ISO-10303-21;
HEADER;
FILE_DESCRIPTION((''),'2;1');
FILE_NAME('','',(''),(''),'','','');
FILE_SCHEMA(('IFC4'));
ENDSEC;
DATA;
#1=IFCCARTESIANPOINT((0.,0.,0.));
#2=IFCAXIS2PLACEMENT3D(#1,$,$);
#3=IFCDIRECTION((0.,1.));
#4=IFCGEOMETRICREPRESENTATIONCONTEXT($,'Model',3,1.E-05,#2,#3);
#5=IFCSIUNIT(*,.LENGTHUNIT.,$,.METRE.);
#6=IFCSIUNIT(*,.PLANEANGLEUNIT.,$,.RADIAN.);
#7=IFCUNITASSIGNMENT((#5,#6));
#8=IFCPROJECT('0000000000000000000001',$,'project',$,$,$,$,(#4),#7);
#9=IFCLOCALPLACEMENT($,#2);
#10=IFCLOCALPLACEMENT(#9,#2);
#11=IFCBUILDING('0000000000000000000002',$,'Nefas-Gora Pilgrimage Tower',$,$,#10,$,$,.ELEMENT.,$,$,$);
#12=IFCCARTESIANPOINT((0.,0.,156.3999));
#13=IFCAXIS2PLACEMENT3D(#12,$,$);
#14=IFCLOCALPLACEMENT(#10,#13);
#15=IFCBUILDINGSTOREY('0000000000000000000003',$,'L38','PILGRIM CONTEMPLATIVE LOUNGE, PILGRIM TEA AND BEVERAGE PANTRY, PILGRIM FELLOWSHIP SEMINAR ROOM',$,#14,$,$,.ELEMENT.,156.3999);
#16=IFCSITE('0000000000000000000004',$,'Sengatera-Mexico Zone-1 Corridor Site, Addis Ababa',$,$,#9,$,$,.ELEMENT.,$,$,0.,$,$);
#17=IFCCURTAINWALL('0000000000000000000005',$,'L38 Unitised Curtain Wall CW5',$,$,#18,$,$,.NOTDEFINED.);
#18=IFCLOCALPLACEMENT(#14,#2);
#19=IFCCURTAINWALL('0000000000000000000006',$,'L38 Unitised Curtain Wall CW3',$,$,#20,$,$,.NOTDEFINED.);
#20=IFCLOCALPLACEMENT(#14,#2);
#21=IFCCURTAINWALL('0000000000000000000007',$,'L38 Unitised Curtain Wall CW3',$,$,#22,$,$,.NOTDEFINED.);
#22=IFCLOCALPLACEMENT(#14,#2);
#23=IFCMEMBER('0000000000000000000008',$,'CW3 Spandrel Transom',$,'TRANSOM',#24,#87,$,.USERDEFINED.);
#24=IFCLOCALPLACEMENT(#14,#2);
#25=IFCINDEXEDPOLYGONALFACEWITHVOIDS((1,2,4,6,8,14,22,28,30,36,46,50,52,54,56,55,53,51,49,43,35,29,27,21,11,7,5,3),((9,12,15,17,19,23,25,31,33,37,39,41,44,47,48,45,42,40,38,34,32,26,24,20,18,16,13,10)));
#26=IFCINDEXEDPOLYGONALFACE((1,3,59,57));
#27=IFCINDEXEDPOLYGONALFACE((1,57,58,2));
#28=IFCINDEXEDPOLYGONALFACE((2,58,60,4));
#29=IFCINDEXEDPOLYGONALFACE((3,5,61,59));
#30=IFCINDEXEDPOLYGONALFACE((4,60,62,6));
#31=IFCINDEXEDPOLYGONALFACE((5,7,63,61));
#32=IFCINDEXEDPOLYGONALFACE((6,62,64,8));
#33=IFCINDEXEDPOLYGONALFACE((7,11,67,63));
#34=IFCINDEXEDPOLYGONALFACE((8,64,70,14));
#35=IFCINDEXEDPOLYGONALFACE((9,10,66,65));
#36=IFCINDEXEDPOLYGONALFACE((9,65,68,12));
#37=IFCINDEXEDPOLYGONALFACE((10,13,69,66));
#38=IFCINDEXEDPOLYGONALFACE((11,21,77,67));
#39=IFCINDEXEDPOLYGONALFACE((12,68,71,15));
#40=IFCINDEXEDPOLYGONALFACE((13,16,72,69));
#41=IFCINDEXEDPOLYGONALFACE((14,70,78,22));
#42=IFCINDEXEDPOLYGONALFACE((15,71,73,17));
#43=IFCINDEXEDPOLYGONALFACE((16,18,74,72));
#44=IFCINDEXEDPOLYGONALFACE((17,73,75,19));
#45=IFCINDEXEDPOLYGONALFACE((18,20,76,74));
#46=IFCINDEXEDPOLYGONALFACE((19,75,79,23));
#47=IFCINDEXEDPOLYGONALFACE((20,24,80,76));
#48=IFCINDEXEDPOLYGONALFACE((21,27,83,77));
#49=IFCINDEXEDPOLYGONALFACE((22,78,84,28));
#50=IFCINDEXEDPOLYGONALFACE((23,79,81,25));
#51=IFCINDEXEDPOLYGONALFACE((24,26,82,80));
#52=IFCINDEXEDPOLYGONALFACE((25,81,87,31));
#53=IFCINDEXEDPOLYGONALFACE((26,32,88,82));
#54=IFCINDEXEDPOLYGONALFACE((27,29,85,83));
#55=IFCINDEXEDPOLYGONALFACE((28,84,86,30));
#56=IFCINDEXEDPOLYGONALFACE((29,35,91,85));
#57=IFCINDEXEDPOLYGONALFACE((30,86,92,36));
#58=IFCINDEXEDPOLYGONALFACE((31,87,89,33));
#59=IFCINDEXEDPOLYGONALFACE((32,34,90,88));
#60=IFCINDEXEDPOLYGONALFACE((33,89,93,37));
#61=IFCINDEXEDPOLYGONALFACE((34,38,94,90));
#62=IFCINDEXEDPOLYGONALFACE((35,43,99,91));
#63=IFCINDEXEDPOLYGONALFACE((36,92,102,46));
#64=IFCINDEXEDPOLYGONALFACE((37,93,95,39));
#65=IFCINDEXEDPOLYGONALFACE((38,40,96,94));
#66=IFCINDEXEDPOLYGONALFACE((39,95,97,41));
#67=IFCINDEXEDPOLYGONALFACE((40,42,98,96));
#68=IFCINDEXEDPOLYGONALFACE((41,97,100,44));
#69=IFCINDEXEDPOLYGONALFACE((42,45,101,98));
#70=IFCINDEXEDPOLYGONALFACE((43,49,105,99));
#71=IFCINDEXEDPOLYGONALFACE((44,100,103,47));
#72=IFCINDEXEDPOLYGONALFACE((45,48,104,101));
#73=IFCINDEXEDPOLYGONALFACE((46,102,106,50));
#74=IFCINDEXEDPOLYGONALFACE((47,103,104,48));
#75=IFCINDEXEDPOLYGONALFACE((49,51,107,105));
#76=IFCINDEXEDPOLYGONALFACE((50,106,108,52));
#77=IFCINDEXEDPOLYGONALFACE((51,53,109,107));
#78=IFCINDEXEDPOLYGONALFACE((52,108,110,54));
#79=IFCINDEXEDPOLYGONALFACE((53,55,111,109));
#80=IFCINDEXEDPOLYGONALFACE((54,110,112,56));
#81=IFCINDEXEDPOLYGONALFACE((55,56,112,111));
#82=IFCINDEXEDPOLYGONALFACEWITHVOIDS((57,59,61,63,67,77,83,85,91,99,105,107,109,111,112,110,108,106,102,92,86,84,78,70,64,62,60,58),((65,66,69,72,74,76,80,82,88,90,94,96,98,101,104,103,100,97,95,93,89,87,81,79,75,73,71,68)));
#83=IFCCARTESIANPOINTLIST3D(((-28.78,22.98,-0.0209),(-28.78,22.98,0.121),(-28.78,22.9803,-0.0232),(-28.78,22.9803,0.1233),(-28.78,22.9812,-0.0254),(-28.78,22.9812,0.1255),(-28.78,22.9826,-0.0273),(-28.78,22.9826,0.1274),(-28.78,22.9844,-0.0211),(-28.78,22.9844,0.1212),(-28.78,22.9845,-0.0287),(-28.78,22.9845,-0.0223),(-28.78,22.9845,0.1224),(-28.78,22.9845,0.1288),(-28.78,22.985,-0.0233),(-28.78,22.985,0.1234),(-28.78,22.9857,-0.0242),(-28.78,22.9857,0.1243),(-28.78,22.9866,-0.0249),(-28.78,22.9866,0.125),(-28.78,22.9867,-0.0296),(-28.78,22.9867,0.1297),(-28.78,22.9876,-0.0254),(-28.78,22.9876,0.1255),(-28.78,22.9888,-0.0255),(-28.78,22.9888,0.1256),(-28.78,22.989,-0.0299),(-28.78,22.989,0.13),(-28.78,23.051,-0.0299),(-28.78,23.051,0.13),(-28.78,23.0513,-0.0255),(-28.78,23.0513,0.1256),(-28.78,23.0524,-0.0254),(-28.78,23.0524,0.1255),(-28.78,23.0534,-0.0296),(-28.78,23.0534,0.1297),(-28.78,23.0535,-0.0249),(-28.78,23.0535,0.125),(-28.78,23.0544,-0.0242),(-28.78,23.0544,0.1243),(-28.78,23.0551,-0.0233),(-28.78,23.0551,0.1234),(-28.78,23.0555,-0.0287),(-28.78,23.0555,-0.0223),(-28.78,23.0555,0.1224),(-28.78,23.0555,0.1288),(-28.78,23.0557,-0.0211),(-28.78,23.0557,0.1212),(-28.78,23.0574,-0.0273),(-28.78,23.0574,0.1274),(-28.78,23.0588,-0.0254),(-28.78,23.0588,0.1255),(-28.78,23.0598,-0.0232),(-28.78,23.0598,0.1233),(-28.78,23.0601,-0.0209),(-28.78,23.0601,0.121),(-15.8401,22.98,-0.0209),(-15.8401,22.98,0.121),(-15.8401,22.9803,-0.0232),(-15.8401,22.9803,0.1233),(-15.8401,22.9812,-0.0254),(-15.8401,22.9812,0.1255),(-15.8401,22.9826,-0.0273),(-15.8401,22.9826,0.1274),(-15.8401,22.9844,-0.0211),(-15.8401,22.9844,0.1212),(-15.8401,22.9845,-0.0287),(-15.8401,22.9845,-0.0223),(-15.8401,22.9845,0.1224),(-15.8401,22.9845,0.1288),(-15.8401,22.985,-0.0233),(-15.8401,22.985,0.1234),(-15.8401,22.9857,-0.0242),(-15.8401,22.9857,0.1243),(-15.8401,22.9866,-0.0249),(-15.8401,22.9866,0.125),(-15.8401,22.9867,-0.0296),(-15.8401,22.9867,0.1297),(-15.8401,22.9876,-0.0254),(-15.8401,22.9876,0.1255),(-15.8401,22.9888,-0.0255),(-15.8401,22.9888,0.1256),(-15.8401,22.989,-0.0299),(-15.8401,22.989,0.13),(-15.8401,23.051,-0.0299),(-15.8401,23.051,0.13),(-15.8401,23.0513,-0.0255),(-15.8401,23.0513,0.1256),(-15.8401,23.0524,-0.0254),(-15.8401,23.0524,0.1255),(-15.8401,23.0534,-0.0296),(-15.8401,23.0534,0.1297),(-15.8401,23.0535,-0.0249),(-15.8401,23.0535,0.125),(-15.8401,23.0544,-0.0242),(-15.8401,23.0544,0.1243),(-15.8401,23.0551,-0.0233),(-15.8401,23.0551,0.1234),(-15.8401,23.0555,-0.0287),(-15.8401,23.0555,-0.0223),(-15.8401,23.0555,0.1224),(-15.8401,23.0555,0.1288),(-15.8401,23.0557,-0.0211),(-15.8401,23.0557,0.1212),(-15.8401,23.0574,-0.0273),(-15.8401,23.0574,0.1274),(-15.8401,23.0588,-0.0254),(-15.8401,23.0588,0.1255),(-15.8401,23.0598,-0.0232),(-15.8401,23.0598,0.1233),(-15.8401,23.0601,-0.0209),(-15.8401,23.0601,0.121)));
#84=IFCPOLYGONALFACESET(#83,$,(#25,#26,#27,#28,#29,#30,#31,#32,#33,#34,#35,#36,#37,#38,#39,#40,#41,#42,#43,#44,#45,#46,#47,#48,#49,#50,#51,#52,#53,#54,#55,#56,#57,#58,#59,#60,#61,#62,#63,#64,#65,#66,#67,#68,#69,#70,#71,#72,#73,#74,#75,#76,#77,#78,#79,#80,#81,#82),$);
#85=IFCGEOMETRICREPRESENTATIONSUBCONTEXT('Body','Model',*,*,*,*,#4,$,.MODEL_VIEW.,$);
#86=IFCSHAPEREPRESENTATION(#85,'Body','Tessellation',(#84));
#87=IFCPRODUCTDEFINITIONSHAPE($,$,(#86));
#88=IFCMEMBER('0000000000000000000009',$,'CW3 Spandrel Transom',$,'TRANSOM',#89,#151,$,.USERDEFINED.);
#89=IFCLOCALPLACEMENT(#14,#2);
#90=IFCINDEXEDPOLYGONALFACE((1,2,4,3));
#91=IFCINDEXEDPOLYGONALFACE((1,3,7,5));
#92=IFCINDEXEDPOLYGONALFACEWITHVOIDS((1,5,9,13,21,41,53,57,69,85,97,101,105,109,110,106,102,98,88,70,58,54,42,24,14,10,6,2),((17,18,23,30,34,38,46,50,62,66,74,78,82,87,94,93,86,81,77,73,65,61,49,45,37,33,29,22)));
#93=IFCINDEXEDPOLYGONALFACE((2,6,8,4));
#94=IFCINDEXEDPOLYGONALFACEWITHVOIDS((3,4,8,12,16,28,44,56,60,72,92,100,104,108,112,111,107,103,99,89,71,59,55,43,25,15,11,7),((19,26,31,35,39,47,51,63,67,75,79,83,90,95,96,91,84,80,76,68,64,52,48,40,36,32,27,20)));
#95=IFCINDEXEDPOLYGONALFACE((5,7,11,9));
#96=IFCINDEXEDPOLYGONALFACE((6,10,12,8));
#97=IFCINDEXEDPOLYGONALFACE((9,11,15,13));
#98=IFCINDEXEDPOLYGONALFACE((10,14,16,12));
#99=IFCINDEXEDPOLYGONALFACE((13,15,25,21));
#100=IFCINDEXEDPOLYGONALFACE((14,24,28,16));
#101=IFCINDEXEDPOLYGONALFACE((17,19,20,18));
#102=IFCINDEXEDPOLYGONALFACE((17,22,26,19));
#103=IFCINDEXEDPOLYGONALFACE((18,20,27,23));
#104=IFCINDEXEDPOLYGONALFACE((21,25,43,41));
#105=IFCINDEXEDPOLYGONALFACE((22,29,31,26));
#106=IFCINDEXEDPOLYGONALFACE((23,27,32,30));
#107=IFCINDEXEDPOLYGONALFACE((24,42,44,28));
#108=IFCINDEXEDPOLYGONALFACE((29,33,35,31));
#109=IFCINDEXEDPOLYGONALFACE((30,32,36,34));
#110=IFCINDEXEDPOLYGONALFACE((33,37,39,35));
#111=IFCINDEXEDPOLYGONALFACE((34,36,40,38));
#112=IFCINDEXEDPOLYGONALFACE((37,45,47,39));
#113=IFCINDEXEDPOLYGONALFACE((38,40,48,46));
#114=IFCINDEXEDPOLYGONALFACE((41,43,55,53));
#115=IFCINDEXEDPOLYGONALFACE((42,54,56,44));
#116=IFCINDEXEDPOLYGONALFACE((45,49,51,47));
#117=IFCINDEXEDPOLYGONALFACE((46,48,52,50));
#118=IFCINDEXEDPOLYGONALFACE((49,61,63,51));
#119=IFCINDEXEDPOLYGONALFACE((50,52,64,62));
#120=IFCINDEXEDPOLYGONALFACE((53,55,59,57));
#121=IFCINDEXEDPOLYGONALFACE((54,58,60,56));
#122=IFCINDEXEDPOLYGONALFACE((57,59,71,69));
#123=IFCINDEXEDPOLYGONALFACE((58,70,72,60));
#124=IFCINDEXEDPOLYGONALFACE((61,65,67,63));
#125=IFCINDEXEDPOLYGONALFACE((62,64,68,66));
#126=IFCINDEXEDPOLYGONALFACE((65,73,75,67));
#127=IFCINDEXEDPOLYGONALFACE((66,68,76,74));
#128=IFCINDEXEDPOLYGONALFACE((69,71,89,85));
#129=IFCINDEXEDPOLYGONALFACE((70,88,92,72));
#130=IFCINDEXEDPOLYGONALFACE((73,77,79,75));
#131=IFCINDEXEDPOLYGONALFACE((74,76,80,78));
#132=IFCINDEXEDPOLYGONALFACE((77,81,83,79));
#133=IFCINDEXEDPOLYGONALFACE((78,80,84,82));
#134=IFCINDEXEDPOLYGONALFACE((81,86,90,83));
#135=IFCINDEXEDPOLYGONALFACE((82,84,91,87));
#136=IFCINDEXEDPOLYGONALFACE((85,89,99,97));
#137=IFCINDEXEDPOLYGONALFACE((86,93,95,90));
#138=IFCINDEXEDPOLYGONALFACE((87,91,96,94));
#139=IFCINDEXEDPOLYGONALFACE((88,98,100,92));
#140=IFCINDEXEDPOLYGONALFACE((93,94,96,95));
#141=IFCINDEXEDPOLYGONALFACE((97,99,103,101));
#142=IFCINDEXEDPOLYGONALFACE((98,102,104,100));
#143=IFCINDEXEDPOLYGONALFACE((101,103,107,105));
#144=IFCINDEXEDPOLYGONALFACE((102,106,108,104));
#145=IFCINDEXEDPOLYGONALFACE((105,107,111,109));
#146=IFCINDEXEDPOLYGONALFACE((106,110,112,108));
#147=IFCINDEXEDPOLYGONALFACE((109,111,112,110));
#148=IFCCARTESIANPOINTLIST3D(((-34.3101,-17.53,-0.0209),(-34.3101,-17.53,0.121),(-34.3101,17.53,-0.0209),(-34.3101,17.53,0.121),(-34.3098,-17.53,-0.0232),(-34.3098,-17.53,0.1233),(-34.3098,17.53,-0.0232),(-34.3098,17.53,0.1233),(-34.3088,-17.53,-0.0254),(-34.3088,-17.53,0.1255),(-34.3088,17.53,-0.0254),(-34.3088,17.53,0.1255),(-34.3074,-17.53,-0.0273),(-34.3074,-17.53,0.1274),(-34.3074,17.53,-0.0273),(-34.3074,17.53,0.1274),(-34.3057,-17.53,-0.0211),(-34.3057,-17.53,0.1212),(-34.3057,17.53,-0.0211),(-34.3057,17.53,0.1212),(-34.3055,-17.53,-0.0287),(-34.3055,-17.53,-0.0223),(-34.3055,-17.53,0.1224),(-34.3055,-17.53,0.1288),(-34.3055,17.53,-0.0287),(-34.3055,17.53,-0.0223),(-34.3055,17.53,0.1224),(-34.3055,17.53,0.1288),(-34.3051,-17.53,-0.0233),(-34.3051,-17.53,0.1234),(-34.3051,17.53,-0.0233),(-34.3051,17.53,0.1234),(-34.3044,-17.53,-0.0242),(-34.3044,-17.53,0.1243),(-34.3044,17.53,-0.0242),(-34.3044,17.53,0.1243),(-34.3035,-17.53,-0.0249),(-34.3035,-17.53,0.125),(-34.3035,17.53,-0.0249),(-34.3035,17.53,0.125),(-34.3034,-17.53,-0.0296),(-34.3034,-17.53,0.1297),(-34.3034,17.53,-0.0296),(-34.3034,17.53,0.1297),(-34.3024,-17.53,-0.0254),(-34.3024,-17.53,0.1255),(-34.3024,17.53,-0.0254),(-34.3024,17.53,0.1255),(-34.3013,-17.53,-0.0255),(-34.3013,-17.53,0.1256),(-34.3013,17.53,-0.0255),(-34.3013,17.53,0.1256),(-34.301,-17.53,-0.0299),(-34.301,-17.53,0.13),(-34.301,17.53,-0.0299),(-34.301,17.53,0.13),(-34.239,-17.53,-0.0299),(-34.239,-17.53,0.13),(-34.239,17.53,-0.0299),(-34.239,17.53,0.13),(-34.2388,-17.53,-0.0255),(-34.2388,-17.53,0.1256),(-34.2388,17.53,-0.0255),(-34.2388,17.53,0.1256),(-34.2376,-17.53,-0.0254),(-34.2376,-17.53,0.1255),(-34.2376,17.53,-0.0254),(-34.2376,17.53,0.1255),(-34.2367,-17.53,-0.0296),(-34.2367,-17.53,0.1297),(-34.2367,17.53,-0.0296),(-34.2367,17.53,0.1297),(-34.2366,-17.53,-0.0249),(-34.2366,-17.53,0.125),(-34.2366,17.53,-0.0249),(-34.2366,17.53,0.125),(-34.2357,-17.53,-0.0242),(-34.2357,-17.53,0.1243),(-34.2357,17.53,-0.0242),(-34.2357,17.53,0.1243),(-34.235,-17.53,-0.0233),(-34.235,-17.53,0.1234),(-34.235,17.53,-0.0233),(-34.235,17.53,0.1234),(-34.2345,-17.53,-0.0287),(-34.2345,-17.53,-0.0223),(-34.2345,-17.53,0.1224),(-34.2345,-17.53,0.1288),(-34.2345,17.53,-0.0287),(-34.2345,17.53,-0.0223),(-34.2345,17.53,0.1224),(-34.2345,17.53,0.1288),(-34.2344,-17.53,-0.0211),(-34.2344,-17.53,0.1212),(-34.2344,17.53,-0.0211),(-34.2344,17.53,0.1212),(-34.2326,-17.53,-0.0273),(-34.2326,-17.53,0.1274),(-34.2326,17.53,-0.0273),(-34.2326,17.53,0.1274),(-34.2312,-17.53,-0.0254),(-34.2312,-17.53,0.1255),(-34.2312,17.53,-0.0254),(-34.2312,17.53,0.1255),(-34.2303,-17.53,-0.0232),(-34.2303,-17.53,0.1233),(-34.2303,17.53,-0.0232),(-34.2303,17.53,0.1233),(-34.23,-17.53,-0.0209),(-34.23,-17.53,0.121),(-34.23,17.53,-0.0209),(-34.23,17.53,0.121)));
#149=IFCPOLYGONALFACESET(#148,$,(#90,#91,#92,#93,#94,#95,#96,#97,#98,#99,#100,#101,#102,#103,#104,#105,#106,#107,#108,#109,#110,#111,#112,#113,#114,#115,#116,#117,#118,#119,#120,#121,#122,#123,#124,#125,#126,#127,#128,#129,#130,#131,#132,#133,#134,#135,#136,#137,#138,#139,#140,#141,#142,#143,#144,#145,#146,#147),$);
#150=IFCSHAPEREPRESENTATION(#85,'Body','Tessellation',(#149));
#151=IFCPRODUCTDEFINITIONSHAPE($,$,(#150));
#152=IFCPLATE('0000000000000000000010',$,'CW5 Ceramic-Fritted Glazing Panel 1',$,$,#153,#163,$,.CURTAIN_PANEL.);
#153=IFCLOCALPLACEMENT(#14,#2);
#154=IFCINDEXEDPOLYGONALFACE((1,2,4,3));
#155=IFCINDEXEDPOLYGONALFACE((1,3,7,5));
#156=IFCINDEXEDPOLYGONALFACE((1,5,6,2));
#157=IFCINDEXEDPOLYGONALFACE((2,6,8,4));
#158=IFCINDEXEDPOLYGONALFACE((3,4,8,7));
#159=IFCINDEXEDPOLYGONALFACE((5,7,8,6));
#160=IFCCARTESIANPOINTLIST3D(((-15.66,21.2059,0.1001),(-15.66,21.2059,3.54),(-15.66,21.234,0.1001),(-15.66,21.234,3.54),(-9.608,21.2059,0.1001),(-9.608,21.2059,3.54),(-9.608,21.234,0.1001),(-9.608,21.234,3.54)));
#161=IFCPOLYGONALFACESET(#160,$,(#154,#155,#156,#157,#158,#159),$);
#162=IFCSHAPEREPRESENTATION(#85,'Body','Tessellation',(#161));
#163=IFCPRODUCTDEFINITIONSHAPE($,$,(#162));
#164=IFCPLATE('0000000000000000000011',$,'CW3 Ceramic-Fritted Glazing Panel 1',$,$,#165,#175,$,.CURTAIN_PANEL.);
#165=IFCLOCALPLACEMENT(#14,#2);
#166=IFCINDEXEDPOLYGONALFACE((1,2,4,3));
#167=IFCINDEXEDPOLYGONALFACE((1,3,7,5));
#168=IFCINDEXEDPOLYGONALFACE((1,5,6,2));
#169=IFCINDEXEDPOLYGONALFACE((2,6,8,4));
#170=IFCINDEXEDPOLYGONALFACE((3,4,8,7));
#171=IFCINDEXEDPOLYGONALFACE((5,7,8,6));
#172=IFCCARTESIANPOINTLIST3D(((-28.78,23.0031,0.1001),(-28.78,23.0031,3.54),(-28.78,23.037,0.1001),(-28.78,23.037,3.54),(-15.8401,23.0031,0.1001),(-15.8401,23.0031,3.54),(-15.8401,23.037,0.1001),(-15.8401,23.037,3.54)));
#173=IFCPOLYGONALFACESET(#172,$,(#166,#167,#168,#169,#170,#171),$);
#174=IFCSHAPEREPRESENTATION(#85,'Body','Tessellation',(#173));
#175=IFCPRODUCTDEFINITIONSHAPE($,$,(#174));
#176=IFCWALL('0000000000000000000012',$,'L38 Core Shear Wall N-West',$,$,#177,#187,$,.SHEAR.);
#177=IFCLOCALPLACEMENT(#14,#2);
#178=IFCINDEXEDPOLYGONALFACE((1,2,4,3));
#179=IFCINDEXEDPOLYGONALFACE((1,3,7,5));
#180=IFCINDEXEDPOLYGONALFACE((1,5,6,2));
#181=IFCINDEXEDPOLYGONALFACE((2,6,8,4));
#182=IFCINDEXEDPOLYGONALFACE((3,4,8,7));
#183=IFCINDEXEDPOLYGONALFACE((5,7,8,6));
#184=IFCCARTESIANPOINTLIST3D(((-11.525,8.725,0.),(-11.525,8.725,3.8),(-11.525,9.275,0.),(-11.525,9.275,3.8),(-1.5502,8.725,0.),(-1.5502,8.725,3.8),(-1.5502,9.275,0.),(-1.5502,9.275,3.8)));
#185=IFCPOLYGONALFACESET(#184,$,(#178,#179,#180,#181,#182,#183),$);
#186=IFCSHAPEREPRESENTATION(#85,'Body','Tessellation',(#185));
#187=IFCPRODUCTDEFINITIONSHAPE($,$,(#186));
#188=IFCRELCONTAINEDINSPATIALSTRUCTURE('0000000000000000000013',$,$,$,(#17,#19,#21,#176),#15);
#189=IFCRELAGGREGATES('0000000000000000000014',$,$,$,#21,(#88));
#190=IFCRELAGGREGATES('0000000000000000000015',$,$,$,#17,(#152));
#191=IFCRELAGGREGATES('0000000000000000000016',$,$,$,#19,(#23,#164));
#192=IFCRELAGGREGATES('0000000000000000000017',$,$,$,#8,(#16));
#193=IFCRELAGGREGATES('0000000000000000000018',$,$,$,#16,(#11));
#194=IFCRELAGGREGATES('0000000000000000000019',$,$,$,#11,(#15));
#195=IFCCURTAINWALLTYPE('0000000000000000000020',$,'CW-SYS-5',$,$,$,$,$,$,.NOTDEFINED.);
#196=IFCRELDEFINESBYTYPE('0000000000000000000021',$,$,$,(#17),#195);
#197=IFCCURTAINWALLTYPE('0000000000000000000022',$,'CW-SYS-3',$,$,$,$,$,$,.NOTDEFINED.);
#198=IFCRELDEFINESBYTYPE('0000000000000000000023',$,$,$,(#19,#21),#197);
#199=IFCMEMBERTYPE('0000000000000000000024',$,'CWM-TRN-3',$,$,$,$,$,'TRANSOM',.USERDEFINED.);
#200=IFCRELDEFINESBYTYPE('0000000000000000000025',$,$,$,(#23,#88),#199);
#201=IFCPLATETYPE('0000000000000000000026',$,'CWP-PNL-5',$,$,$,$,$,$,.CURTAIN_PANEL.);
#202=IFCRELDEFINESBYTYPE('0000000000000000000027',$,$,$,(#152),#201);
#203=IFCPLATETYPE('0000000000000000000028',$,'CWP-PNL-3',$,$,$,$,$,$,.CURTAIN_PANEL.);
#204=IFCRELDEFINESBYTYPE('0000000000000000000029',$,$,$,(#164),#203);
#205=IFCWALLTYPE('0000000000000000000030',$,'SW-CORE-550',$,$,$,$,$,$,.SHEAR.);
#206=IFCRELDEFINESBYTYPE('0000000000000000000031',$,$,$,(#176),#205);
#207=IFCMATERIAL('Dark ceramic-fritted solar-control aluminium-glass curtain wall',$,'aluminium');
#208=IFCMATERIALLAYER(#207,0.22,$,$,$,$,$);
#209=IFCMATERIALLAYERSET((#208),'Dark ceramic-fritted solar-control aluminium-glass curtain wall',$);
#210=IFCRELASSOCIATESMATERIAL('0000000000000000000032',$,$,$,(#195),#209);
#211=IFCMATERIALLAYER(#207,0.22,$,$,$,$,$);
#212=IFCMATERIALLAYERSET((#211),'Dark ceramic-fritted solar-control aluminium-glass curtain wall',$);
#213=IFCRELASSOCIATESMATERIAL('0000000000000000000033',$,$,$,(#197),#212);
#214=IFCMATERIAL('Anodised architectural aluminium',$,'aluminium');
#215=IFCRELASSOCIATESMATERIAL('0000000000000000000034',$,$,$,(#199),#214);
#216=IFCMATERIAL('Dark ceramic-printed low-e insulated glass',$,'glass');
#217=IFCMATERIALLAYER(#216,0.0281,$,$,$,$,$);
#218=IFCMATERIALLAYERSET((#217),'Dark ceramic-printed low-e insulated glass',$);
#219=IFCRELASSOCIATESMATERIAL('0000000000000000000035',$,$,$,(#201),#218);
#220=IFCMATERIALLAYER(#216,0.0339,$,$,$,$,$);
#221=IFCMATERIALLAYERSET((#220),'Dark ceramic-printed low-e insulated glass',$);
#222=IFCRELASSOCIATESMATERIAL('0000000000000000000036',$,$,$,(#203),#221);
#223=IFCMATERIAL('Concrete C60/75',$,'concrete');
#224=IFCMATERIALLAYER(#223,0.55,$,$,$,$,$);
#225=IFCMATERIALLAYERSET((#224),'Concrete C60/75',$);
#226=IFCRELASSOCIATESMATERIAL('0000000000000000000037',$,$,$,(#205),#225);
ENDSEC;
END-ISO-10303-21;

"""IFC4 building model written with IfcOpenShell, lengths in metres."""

from ifc_helpers import new_model, si_unit, direction, frame, frame_2d, origin, origin_2d, place, context, subcontext, project, spatial, rectangle, hollow_rectangle, extrude, source, transform, mapped, material, layer, layer_set, material_profile, profile_set, type_object, element, aggregate, save


model = new_model("IFC4")

# Units and contexts
model_context = context("Model", 3, precision=1e-05, world=origin(), true_north=direction((0.0, 1.0)))
body_context = subcontext(model_context, "Body", "Model", "MODEL_VIEW")
ifc_project = project(units=[si_unit("LENGTHUNIT", "METRE"), si_unit("PLANEANGLEUNIT", "RADIAN")], contexts=[model_context])

# Site, building, storey
site_placement = place(None, origin())
site = spatial("IfcSite", under=ifc_project, at=site_placement, Name="Sengatera-Mexico Zone-1 Corridor Site, Addis Ababa", CompositionType="ELEMENT", RefElevation=0.0)
building_placement = place(site_placement, origin())
building = spatial("IfcBuilding", under=site, at=building_placement, Name="Nefas-Gora Pilgrimage Tower", CompositionType="ELEMENT")
storey_placement = place(building_placement, frame((0.0, 0.0, 156.3999)))
storey = spatial("IfcBuildingStorey", under=building, at=storey_placement, Name="L38", Description="PILGRIM CONTEMPLATIVE LOUNGE, PILGRIM TEA AND BEVERAGE PANTRY, PILGRIM FELLOWSHIP SEMINAR ROOM", CompositionType="ELEMENT", Elevation=156.3999)

# Curtain wall
ifc_material_1 = material(Name="Dark ceramic-fritted solar-control aluminium-glass curtain wall", Category="aluminium")
ifc_layer_1 = layer(ifc_material_1, 0.22)
ifc_layer_set_1 = layer_set([ifc_layer_1], Name="Dark ceramic-fritted solar-control aluminium-glass curtain wall")
curtain_wall_type_1 = type_object("IfcCurtainWallType", Name="CW-SYS-5", PredefinedType="NOTDEFINED", material=ifc_layer_set_1)
curtain_wall_1_placement = place(storey_placement, origin())
curtain_wall_1 = element("IfcCurtainWall", 1, at=curtain_wall_1_placement, inside=storey, type_object=curtain_wall_type_1, Name="L38 Unitised Curtain Wall CW5", PredefinedType="NOTDEFINED")
ifc_material_2 = material(Name="Anodised architectural aluminium", Category="aluminium")

# Curtain wall
ifc_layer_2 = layer(ifc_material_1, 0.22)
ifc_layer_set_2 = layer_set([ifc_layer_2], Name="Dark ceramic-fritted solar-control aluminium-glass curtain wall")
curtain_wall_type_2 = type_object("IfcCurtainWallType", Name="CW-SYS-3", PredefinedType="NOTDEFINED", material=ifc_layer_set_2)
curtain_wall_2_placement = place(storey_placement, origin())
curtain_wall_2 = element("IfcCurtainWall", 2, at=curtain_wall_2_placement, inside=storey, type_object=curtain_wall_type_2, Name="L38 Unitised Curtain Wall CW3", PredefinedType="NOTDEFINED")

# Curtain wall
curtain_wall_3_placement = place(storey_placement, origin())
curtain_wall_3 = element("IfcCurtainWall", 3, at=curtain_wall_3_placement, inside=storey, type_object=curtain_wall_type_2, Name="L38 Unitised Curtain Wall CW3", PredefinedType="NOTDEFINED")

# Members
ifc_material_profile_1 = material_profile(ifc_material_2, hollow_rectangle(XDim=0.0801, YDim=0.1599, WallThickness=0.0044, InnerFilletRadius=0.0044, OuterFilletRadius=0.009, at=origin_2d()), Name="ALU TRANSOM 80x160")
ifc_profile_set_1 = profile_set([ifc_material_profile_1], Name="Anodised architectural aluminium")
member_type_1 = type_object("IfcMemberType", Name="CWM-TRN-3", ElementType="TRANSOM", PredefinedType="USERDEFINED", material=ifc_profile_set_1)
shared_shape_1 = source(origin(), body_context, "Body", "SweptSolid", [
    extrude(hollow_rectangle(XDim=0.0801, YDim=0.1599, WallThickness=0.0044, InnerFilletRadius=0.0044, OuterFilletRadius=0.009, at=origin_2d()), origin(), (0.0, 0.0, 1.0), 12.9399),
])
member_1_placement = place(storey_placement, frame((-15.8401, 23.02, 0.05), z_axis=(-1.0, 0.0, 0.0), x_axis=(0.0, -1.0, 0.0)))
member_1 = element("IfcMember", 4, at=member_1_placement, type_object=member_type_1, Name="CW3 Spandrel Transom", ObjectType="TRANSOM", PredefinedType="USERDEFINED", context=body_context, shape_type="MappedRepresentation", body=[
    mapped(shared_shape_1, transform((0.0, 0.0, 0.0), x_axis=(1.0, 0.0, 0.0), y_axis=(0.0, 1.0, 0.0), z_axis=(0.0, 0.0, 1.0), scale=1.0)),
])
shared_shape_2 = source(origin(), body_context, "Body", "SweptSolid", [
    extrude(hollow_rectangle(XDim=0.0801, YDim=0.1599, WallThickness=0.0044, InnerFilletRadius=0.0044, OuterFilletRadius=0.009, at=origin_2d()), origin(), (0.0, 0.0, 1.0), 35.0601),
])
member_2_placement = place(storey_placement, frame((-34.27, 17.53, 0.05), z_axis=(0.0, -1.0, 0.0), x_axis=(1.0, 0.0, 0.0)))
member_2 = element("IfcMember", 5, at=member_2_placement, type_object=member_type_1, Name="CW3 Spandrel Transom", ObjectType="TRANSOM", PredefinedType="USERDEFINED", context=body_context, shape_type="MappedRepresentation", body=[
    mapped(shared_shape_2, transform((0.0, 0.0, 0.0), x_axis=(1.0, 0.0, 0.0), y_axis=(0.0, 1.0, 0.0), z_axis=(0.0, 0.0, 1.0), scale=1.0)),
])
aggregate(curtain_wall_3, [member_2])

# Plates
ifc_material_3 = material(Name="Dark ceramic-printed low-e insulated glass", Category="glass")
ifc_layer_3 = layer(ifc_material_3, 0.0281)
ifc_layer_set_3 = layer_set([ifc_layer_3], Name="Dark ceramic-printed low-e insulated glass")
plate_type_1 = type_object("IfcPlateType", Name="CWP-PNL-5", PredefinedType="CURTAIN_PANEL", material=ifc_layer_set_3)
shared_shape_3 = source(origin(), body_context, "Body", "SweptSolid", [
    extrude(rectangle(XDim=6.052, YDim=0.0281, at=origin_2d()), origin(), (0.0, 0.0, 1.0), 3.4399),
])
plate_1_placement = place(storey_placement, frame((-12.634, 21.22, 0.1001), z_axis=(0.0, 0.0, 1.0), x_axis=(-1.0, 0.0, 0.0)))
plate_1 = element("IfcPlate", 6, at=plate_1_placement, type_object=plate_type_1, Name="CW5 Ceramic-Fritted Glazing Panel 1", PredefinedType="CURTAIN_PANEL", context=body_context, shape_type="MappedRepresentation", body=[
    mapped(shared_shape_3, transform((0.0, 0.0, 0.0), x_axis=(1.0, 0.0, 0.0), y_axis=(0.0, 1.0, 0.0), z_axis=(0.0, 0.0, 1.0), scale=1.0)),
])
aggregate(curtain_wall_1, [plate_1])
ifc_layer_4 = layer(ifc_material_3, 0.0339)
ifc_layer_set_4 = layer_set([ifc_layer_4], Name="Dark ceramic-printed low-e insulated glass")
plate_type_2 = type_object("IfcPlateType", Name="CWP-PNL-3", PredefinedType="CURTAIN_PANEL", material=ifc_layer_set_4)
shared_shape_4 = source(origin(), body_context, "Body", "SweptSolid", [
    extrude(rectangle(XDim=12.9399, YDim=0.0339, at=origin_2d()), origin(), (0.0, 0.0, 1.0), 3.4399),
])
plate_2_placement = place(storey_placement, frame((-22.3101, 23.02, 0.1001), z_axis=(0.0, 0.0, 1.0), x_axis=(-1.0, 0.0, 0.0)))
plate_2 = element("IfcPlate", 7, at=plate_2_placement, type_object=plate_type_2, Name="CW3 Ceramic-Fritted Glazing Panel 1", PredefinedType="CURTAIN_PANEL", context=body_context, shape_type="MappedRepresentation", body=[
    mapped(shared_shape_4, transform((0.0, 0.0, 0.0), x_axis=(1.0, 0.0, 0.0), y_axis=(0.0, 1.0, 0.0), z_axis=(0.0, 0.0, 1.0), scale=1.0)),
])
aggregate(curtain_wall_2, [member_1, plate_2])

# Wall
ifc_material_4 = material(Name="Concrete C60/75", Category="concrete")
ifc_layer_5 = layer(ifc_material_4, 0.55)
ifc_layer_set_5 = layer_set([ifc_layer_5], Name="Concrete C60/75")
wall_type_1 = type_object("IfcWallType", Name="SW-CORE-550", PredefinedType="SHEAR", material=ifc_layer_set_5)
shared_shape_5 = source(origin(), body_context, "Body", "SweptSolid", [
    extrude(rectangle(XDim=9.9749, YDim=0.55, at=frame_2d((4.9873, 0.0))), origin(), (0.0, 0.0, 1.0), 3.8),
])
wall_1_placement = place(storey_placement, frame((-11.5249, 9.0, 0.0), z_axis=(0.0, 0.0, 1.0), x_axis=(1.0, 0.0, 0.0)))
element("IfcWall", 8, at=wall_1_placement, inside=storey, type_object=wall_type_1, Name="L38 Core Shear Wall N-West", PredefinedType="SHEAR", context=body_context, shape_type="MappedRepresentation", body=[
    mapped(shared_shape_5, transform((0.0, 0.0, 0.0), x_axis=(1.0, 0.0, 0.0), y_axis=(0.0, 1.0, 0.0), z_axis=(0.0, 0.0, 1.0), scale=1.0)),
])

save(model, "model.ifc")
